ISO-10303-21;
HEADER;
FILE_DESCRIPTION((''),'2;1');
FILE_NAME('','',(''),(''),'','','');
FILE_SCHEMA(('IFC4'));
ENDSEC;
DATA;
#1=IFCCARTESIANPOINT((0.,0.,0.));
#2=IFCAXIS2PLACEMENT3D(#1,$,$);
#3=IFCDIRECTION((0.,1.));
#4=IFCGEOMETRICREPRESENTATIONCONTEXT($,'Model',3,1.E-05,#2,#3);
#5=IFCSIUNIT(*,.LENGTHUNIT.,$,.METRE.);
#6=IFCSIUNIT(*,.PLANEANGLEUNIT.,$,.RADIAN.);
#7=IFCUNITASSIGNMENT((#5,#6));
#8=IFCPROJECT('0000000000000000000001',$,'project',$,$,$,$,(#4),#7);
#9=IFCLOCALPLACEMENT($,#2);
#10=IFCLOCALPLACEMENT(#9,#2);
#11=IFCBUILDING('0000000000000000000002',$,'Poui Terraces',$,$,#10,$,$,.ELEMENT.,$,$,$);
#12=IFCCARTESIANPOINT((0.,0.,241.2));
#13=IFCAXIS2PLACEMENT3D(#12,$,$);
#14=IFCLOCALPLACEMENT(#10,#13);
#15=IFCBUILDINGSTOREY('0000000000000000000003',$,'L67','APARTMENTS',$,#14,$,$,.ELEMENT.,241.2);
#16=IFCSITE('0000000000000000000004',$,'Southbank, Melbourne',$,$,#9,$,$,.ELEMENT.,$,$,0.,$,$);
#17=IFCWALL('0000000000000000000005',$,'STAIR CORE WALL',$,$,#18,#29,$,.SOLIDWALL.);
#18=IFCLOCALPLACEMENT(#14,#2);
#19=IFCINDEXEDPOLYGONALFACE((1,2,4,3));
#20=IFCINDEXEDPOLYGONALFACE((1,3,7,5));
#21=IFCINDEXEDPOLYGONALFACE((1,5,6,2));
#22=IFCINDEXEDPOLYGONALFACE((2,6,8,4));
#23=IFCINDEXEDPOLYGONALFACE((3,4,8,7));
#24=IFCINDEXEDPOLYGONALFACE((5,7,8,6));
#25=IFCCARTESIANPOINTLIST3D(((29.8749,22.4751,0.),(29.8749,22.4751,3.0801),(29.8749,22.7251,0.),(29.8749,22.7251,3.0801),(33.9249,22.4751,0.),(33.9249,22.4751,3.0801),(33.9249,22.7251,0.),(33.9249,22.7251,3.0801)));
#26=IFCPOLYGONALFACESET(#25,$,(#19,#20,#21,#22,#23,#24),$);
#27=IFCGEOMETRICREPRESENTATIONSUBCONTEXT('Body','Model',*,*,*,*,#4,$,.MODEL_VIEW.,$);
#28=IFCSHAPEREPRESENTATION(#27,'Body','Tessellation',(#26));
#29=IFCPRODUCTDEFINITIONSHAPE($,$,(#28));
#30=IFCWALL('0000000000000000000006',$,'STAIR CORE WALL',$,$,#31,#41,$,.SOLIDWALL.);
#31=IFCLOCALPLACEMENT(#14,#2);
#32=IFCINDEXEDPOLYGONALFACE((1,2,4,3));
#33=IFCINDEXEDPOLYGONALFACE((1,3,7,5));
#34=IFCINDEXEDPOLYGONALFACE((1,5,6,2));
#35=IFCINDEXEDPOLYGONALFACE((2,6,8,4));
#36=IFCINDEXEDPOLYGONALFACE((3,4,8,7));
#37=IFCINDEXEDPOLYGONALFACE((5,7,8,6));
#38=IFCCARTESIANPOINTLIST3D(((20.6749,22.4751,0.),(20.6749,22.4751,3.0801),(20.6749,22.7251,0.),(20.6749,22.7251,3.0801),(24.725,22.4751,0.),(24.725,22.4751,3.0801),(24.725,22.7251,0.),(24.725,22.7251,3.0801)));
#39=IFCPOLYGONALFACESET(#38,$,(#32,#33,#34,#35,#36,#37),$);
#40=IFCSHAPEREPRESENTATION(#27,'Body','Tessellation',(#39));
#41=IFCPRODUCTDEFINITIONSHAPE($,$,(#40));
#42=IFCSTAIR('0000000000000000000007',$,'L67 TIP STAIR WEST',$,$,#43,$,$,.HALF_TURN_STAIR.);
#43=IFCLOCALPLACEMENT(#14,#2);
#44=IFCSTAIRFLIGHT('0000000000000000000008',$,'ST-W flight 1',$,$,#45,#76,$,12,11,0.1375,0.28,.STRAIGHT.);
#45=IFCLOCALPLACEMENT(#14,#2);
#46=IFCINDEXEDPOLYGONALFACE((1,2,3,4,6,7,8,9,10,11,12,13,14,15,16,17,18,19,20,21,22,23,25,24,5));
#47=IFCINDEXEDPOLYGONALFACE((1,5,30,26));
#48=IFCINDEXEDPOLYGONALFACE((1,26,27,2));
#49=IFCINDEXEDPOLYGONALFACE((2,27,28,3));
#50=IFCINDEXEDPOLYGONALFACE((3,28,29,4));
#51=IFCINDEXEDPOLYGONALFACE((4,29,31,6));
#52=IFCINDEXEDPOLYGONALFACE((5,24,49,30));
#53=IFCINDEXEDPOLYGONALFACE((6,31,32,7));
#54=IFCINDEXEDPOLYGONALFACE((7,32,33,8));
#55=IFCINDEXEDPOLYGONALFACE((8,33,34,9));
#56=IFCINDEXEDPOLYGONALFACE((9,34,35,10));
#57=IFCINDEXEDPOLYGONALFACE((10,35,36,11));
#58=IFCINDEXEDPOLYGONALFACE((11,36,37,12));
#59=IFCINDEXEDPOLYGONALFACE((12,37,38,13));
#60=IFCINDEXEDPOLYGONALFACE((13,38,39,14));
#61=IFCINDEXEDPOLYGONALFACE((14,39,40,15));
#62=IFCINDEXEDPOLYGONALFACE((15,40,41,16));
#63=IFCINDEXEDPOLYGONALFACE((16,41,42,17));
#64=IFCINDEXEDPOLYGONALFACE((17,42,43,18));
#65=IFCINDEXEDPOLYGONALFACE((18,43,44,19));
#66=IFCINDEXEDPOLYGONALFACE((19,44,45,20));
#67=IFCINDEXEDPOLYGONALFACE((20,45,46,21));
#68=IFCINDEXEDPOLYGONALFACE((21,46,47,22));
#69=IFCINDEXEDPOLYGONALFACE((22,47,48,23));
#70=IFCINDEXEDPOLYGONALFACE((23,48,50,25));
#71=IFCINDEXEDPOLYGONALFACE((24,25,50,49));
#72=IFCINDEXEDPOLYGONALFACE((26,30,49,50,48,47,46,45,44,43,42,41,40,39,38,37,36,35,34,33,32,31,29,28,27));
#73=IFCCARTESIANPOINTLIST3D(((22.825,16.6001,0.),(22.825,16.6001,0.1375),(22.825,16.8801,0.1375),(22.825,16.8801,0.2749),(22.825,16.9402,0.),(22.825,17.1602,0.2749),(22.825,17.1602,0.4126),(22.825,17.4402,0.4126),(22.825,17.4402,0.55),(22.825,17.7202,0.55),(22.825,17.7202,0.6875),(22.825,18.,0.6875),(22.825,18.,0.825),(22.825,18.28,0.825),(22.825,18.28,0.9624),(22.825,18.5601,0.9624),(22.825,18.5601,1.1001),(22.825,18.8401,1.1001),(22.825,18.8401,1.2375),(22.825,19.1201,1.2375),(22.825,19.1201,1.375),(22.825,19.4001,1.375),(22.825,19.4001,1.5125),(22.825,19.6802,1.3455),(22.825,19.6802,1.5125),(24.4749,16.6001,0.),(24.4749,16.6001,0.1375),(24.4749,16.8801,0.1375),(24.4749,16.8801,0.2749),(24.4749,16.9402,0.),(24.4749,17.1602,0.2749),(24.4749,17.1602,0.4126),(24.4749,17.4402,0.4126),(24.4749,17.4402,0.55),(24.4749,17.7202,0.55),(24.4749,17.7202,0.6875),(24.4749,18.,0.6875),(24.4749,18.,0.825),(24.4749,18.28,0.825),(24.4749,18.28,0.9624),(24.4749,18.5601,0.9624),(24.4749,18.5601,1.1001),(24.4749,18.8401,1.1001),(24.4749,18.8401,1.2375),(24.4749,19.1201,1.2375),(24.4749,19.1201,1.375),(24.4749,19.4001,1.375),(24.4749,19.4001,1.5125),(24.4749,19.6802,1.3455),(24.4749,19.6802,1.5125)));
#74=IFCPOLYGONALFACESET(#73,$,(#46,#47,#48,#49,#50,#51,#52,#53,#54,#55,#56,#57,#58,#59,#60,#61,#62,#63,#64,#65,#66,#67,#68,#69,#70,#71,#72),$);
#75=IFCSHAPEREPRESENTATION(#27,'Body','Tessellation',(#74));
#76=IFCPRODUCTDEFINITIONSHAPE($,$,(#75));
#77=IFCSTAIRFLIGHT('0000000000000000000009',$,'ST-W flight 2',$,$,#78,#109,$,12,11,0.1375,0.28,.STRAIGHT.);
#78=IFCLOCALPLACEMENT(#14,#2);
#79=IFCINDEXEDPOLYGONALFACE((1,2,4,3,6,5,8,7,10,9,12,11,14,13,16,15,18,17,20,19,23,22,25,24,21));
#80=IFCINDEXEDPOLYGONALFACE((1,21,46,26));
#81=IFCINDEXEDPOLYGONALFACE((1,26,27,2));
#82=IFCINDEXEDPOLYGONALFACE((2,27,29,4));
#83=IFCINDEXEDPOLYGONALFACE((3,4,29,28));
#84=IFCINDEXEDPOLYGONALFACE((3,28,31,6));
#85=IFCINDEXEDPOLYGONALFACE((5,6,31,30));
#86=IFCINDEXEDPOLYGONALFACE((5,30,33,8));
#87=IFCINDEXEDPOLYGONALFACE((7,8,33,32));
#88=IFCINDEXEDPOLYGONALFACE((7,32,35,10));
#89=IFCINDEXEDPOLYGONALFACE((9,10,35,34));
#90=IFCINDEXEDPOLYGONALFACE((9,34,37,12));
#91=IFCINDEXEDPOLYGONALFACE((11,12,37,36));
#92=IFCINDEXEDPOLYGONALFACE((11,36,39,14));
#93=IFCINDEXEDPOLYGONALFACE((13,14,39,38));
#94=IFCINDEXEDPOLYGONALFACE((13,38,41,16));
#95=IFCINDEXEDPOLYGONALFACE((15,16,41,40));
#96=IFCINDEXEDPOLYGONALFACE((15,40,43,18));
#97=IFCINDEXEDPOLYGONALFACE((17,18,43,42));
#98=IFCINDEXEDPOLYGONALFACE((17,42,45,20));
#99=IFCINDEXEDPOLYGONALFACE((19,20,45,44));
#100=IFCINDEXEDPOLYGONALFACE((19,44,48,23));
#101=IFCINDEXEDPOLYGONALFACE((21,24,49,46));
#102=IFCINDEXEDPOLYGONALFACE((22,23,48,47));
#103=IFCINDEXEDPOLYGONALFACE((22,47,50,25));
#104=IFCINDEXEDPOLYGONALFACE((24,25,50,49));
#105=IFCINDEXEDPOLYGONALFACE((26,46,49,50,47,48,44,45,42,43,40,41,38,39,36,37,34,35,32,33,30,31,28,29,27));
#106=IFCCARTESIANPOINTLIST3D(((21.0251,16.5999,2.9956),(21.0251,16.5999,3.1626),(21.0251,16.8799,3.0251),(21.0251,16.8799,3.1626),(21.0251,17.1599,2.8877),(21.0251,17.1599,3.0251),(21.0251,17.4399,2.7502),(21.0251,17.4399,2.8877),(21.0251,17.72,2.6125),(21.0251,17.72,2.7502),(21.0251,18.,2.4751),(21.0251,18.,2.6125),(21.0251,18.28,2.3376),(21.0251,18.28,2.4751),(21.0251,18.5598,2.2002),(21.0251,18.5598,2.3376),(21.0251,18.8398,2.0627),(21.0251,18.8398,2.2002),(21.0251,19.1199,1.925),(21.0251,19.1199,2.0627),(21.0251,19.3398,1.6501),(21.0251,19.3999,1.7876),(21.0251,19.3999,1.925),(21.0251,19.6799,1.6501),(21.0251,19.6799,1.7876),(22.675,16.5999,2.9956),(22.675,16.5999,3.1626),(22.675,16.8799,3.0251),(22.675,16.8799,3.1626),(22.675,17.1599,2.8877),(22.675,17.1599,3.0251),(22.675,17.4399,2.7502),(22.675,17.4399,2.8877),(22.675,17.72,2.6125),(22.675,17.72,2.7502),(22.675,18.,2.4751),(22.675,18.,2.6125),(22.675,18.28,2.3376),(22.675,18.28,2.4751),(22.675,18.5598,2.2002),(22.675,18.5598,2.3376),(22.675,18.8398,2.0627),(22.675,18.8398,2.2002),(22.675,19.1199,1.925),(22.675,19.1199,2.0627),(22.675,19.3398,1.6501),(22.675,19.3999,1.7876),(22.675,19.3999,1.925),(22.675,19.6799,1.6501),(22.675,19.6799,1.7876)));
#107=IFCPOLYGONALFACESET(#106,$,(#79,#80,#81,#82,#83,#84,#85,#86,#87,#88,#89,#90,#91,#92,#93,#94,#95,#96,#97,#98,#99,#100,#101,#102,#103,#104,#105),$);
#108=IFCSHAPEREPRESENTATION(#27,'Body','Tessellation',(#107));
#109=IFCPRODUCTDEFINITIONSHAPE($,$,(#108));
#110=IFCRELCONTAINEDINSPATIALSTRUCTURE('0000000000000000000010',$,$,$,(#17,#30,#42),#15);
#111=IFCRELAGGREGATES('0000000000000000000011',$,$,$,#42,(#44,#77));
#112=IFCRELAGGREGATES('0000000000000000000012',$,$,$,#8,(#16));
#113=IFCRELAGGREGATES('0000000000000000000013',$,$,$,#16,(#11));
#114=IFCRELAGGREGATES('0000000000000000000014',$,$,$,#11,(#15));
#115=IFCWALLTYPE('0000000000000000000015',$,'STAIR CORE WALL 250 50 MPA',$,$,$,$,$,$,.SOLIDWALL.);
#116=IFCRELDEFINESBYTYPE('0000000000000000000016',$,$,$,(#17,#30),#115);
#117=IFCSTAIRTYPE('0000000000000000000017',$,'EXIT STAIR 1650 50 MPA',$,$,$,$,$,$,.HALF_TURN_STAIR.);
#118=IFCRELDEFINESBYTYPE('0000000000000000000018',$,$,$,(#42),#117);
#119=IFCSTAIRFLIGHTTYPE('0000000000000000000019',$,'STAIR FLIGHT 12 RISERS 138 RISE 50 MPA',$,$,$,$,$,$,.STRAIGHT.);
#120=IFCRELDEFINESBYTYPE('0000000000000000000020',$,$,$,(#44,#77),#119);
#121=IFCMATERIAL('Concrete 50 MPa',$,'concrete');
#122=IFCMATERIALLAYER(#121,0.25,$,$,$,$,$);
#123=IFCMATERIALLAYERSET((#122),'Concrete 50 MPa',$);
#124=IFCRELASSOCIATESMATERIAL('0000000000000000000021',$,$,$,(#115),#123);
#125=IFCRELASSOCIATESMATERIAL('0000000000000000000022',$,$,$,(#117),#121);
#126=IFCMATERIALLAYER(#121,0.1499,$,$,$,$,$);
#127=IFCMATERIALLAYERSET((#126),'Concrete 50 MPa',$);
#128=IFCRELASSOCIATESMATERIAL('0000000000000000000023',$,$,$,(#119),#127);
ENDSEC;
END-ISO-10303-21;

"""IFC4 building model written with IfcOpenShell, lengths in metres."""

from ifc_helpers import new_model, si_unit, direction, frame, frame_2d, origin, place, context, subcontext, project, spatial, polyline, rectangle, outline, extrude, material, layer, layer_set, type_object, element, aggregate, save


model = new_model("IFC4")

# Units and contexts
model_context = context("Model", 3, precision=1e-05, world=origin(), true_north=direction((0.0, 1.0)))
body_context = subcontext(model_context, "Body", "Model", "MODEL_VIEW")
ifc_project = project(units=[si_unit("LENGTHUNIT", "METRE"), si_unit("PLANEANGLEUNIT", "RADIAN")], contexts=[model_context])

# Site, building, storey
site_placement = place(None, origin())
site = spatial("IfcSite", under=ifc_project, at=site_placement, Name="Southbank, Melbourne", CompositionType="ELEMENT", RefElevation=0.0)
building_placement = place(site_placement, origin())
building = spatial("IfcBuilding", under=site, at=building_placement, Name="Poui Terraces", CompositionType="ELEMENT")
storey_placement = place(building_placement, frame((0.0, 0.0, 241.2)))
storey = spatial("IfcBuildingStorey", under=building, at=storey_placement, Name="L67", Description="APARTMENTS", CompositionType="ELEMENT", Elevation=241.2)

# Walls
ifc_material_1 = material(Name="Concrete 50 MPa", Category="concrete")
ifc_layer_1 = layer(ifc_material_1, 0.25)
ifc_layer_set_1 = layer_set([ifc_layer_1], Name="Concrete 50 MPa")
wall_type = type_object("IfcWallType", Name="STAIR CORE WALL 250 50 MPA", PredefinedType="SOLIDWALL", material=ifc_layer_set_1)
for number, where, z_axis, x_axis, name in (
    (1, (29.875, 22.6001, 0.0), (0.0, 0.0, 1.0), (1.0, 0.0, 0.0), "STAIR CORE WALL"),
    (2, (20.675, 22.6001, 0.0), (0.0, 0.0, 1.0), (1.0, 0.0, 0.0), "STAIR CORE WALL"),
):
    element("IfcWall", number, at=place(storey_placement, frame(where, z_axis=z_axis, x_axis=x_axis)), inside=storey, type_object=wall_type, Name=name, PredefinedType="SOLIDWALL", context=body_context, shape_type="SweptSolid", body=[
        extrude(rectangle(XDim=4.05, YDim=0.25, at=frame_2d((2.0249, 0.0))), origin(), (0.0, 0.0, 1.0), 3.0801),
    ])

# Stair, stair flights
stair_type = type_object("IfcStairType", Name="EXIT STAIR 1650 50 MPA", PredefinedType="HALF_TURN_STAIR", material=ifc_material_1)
stair_placement = place(storey_placement, origin())
stair = element("IfcStair", 3, at=stair_placement, inside=storey, type_object=stair_type, Name="L67 TIP STAIR WEST", PredefinedType="HALF_TURN_STAIR")
ifc_layer_2 = layer(ifc_material_1, 0.1499)
ifc_layer_set_2 = layer_set([ifc_layer_2], Name="Concrete 50 MPa")
stair_flight_type = type_object("IfcStairFlightType", Name="STAIR FLIGHT 12 RISERS 138 RISE 50 MPA", PredefinedType="STRAIGHT", material=ifc_layer_set_2)
stair_flight_1_placement = place(storey_placement, frame((23.6499, 16.6001, 0.0), z_axis=(0.0, 0.0, 1.0), x_axis=(0.0, 1.0, 0.0)))
stair_flight_1 = element("IfcStairFlight", 4, at=stair_flight_1_placement, type_object=stair_flight_type, Name="ST-W flight 1", NumberOfRisers=12, NumberOfTreads=11, PredefinedType="STRAIGHT", RiserHeight=0.1375, TreadLength=0.28, context=body_context, shape_type="SweptSolid", body=[
    extrude(outline(polyline([(0.0, 0.0), (0.0, 0.1375), (0.28, 0.1375), (0.28, 0.2749), (0.5601, 0.2749), (0.5601, 0.4126), (0.8401, 0.4126), (0.8401, 0.55), (1.1201, 0.55), (1.1201, 0.6875), (1.3999, 0.6875), (1.3999, 0.825), (1.6799, 0.825), (1.6799, 0.9624), (1.96, 0.9624), (1.96, 1.1001), (2.24, 1.1001), (2.24, 1.2375), (2.52, 1.2375), (2.52, 1.375), (2.8, 1.375), (2.8, 1.5125), (3.0801, 1.5125), (3.0801, 1.6499), (3.0801, 1.3455), (0.3401, 0.0), (0.0, 0.0)])), frame((0.0, 0.825, 0.0), z_axis=(0.0, -1.0, 0.0), x_axis=(1.0, 0.0, 0.0)), (0.0, 0.0, 1.0), 1.6499),
])
stair_flight_2_placement = place(storey_placement, frame((21.8501, 19.6799, 1.6501), z_axis=(0.0, 0.0, 1.0), x_axis=(0.0, -1.0, 0.0)))
stair_flight_2 = element("IfcStairFlight", 5, at=stair_flight_2_placement, type_object=stair_flight_type, Name="ST-W flight 2", NumberOfRisers=12, NumberOfTreads=11, PredefinedType="STRAIGHT", RiserHeight=0.1375, TreadLength=0.28, context=body_context, shape_type="SweptSolid", body=[
    extrude(outline(polyline([(0.0, 0.0), (0.0, 0.1375), (0.28, 0.1375), (0.28, 0.2749), (0.5601, 0.2749), (0.5601, 0.4126), (0.8401, 0.4126), (0.8401, 0.55), (1.1201, 0.55), (1.1201, 0.6875), (1.3999, 0.6875), (1.3999, 0.825), (1.6799, 0.825), (1.6799, 0.9624), (1.96, 0.9624), (1.96, 1.1001), (2.24, 1.1001), (2.24, 1.2375), (2.52, 1.2375), (2.52, 1.375), (2.8, 1.375), (2.8, 1.5125), (3.0801, 1.5125), (3.0801, 1.6499), (3.0801, 1.3455), (0.3401, 0.0), (0.0, 0.0)])), frame((0.0, 0.825, 0.0), z_axis=(0.0, -1.0, 0.0), x_axis=(1.0, 0.0, 0.0)), (0.0, 0.0, 1.0), 1.6499),
])
aggregate(stair, [stair_flight_1, stair_flight_2])

save(model, "model.ifc")
